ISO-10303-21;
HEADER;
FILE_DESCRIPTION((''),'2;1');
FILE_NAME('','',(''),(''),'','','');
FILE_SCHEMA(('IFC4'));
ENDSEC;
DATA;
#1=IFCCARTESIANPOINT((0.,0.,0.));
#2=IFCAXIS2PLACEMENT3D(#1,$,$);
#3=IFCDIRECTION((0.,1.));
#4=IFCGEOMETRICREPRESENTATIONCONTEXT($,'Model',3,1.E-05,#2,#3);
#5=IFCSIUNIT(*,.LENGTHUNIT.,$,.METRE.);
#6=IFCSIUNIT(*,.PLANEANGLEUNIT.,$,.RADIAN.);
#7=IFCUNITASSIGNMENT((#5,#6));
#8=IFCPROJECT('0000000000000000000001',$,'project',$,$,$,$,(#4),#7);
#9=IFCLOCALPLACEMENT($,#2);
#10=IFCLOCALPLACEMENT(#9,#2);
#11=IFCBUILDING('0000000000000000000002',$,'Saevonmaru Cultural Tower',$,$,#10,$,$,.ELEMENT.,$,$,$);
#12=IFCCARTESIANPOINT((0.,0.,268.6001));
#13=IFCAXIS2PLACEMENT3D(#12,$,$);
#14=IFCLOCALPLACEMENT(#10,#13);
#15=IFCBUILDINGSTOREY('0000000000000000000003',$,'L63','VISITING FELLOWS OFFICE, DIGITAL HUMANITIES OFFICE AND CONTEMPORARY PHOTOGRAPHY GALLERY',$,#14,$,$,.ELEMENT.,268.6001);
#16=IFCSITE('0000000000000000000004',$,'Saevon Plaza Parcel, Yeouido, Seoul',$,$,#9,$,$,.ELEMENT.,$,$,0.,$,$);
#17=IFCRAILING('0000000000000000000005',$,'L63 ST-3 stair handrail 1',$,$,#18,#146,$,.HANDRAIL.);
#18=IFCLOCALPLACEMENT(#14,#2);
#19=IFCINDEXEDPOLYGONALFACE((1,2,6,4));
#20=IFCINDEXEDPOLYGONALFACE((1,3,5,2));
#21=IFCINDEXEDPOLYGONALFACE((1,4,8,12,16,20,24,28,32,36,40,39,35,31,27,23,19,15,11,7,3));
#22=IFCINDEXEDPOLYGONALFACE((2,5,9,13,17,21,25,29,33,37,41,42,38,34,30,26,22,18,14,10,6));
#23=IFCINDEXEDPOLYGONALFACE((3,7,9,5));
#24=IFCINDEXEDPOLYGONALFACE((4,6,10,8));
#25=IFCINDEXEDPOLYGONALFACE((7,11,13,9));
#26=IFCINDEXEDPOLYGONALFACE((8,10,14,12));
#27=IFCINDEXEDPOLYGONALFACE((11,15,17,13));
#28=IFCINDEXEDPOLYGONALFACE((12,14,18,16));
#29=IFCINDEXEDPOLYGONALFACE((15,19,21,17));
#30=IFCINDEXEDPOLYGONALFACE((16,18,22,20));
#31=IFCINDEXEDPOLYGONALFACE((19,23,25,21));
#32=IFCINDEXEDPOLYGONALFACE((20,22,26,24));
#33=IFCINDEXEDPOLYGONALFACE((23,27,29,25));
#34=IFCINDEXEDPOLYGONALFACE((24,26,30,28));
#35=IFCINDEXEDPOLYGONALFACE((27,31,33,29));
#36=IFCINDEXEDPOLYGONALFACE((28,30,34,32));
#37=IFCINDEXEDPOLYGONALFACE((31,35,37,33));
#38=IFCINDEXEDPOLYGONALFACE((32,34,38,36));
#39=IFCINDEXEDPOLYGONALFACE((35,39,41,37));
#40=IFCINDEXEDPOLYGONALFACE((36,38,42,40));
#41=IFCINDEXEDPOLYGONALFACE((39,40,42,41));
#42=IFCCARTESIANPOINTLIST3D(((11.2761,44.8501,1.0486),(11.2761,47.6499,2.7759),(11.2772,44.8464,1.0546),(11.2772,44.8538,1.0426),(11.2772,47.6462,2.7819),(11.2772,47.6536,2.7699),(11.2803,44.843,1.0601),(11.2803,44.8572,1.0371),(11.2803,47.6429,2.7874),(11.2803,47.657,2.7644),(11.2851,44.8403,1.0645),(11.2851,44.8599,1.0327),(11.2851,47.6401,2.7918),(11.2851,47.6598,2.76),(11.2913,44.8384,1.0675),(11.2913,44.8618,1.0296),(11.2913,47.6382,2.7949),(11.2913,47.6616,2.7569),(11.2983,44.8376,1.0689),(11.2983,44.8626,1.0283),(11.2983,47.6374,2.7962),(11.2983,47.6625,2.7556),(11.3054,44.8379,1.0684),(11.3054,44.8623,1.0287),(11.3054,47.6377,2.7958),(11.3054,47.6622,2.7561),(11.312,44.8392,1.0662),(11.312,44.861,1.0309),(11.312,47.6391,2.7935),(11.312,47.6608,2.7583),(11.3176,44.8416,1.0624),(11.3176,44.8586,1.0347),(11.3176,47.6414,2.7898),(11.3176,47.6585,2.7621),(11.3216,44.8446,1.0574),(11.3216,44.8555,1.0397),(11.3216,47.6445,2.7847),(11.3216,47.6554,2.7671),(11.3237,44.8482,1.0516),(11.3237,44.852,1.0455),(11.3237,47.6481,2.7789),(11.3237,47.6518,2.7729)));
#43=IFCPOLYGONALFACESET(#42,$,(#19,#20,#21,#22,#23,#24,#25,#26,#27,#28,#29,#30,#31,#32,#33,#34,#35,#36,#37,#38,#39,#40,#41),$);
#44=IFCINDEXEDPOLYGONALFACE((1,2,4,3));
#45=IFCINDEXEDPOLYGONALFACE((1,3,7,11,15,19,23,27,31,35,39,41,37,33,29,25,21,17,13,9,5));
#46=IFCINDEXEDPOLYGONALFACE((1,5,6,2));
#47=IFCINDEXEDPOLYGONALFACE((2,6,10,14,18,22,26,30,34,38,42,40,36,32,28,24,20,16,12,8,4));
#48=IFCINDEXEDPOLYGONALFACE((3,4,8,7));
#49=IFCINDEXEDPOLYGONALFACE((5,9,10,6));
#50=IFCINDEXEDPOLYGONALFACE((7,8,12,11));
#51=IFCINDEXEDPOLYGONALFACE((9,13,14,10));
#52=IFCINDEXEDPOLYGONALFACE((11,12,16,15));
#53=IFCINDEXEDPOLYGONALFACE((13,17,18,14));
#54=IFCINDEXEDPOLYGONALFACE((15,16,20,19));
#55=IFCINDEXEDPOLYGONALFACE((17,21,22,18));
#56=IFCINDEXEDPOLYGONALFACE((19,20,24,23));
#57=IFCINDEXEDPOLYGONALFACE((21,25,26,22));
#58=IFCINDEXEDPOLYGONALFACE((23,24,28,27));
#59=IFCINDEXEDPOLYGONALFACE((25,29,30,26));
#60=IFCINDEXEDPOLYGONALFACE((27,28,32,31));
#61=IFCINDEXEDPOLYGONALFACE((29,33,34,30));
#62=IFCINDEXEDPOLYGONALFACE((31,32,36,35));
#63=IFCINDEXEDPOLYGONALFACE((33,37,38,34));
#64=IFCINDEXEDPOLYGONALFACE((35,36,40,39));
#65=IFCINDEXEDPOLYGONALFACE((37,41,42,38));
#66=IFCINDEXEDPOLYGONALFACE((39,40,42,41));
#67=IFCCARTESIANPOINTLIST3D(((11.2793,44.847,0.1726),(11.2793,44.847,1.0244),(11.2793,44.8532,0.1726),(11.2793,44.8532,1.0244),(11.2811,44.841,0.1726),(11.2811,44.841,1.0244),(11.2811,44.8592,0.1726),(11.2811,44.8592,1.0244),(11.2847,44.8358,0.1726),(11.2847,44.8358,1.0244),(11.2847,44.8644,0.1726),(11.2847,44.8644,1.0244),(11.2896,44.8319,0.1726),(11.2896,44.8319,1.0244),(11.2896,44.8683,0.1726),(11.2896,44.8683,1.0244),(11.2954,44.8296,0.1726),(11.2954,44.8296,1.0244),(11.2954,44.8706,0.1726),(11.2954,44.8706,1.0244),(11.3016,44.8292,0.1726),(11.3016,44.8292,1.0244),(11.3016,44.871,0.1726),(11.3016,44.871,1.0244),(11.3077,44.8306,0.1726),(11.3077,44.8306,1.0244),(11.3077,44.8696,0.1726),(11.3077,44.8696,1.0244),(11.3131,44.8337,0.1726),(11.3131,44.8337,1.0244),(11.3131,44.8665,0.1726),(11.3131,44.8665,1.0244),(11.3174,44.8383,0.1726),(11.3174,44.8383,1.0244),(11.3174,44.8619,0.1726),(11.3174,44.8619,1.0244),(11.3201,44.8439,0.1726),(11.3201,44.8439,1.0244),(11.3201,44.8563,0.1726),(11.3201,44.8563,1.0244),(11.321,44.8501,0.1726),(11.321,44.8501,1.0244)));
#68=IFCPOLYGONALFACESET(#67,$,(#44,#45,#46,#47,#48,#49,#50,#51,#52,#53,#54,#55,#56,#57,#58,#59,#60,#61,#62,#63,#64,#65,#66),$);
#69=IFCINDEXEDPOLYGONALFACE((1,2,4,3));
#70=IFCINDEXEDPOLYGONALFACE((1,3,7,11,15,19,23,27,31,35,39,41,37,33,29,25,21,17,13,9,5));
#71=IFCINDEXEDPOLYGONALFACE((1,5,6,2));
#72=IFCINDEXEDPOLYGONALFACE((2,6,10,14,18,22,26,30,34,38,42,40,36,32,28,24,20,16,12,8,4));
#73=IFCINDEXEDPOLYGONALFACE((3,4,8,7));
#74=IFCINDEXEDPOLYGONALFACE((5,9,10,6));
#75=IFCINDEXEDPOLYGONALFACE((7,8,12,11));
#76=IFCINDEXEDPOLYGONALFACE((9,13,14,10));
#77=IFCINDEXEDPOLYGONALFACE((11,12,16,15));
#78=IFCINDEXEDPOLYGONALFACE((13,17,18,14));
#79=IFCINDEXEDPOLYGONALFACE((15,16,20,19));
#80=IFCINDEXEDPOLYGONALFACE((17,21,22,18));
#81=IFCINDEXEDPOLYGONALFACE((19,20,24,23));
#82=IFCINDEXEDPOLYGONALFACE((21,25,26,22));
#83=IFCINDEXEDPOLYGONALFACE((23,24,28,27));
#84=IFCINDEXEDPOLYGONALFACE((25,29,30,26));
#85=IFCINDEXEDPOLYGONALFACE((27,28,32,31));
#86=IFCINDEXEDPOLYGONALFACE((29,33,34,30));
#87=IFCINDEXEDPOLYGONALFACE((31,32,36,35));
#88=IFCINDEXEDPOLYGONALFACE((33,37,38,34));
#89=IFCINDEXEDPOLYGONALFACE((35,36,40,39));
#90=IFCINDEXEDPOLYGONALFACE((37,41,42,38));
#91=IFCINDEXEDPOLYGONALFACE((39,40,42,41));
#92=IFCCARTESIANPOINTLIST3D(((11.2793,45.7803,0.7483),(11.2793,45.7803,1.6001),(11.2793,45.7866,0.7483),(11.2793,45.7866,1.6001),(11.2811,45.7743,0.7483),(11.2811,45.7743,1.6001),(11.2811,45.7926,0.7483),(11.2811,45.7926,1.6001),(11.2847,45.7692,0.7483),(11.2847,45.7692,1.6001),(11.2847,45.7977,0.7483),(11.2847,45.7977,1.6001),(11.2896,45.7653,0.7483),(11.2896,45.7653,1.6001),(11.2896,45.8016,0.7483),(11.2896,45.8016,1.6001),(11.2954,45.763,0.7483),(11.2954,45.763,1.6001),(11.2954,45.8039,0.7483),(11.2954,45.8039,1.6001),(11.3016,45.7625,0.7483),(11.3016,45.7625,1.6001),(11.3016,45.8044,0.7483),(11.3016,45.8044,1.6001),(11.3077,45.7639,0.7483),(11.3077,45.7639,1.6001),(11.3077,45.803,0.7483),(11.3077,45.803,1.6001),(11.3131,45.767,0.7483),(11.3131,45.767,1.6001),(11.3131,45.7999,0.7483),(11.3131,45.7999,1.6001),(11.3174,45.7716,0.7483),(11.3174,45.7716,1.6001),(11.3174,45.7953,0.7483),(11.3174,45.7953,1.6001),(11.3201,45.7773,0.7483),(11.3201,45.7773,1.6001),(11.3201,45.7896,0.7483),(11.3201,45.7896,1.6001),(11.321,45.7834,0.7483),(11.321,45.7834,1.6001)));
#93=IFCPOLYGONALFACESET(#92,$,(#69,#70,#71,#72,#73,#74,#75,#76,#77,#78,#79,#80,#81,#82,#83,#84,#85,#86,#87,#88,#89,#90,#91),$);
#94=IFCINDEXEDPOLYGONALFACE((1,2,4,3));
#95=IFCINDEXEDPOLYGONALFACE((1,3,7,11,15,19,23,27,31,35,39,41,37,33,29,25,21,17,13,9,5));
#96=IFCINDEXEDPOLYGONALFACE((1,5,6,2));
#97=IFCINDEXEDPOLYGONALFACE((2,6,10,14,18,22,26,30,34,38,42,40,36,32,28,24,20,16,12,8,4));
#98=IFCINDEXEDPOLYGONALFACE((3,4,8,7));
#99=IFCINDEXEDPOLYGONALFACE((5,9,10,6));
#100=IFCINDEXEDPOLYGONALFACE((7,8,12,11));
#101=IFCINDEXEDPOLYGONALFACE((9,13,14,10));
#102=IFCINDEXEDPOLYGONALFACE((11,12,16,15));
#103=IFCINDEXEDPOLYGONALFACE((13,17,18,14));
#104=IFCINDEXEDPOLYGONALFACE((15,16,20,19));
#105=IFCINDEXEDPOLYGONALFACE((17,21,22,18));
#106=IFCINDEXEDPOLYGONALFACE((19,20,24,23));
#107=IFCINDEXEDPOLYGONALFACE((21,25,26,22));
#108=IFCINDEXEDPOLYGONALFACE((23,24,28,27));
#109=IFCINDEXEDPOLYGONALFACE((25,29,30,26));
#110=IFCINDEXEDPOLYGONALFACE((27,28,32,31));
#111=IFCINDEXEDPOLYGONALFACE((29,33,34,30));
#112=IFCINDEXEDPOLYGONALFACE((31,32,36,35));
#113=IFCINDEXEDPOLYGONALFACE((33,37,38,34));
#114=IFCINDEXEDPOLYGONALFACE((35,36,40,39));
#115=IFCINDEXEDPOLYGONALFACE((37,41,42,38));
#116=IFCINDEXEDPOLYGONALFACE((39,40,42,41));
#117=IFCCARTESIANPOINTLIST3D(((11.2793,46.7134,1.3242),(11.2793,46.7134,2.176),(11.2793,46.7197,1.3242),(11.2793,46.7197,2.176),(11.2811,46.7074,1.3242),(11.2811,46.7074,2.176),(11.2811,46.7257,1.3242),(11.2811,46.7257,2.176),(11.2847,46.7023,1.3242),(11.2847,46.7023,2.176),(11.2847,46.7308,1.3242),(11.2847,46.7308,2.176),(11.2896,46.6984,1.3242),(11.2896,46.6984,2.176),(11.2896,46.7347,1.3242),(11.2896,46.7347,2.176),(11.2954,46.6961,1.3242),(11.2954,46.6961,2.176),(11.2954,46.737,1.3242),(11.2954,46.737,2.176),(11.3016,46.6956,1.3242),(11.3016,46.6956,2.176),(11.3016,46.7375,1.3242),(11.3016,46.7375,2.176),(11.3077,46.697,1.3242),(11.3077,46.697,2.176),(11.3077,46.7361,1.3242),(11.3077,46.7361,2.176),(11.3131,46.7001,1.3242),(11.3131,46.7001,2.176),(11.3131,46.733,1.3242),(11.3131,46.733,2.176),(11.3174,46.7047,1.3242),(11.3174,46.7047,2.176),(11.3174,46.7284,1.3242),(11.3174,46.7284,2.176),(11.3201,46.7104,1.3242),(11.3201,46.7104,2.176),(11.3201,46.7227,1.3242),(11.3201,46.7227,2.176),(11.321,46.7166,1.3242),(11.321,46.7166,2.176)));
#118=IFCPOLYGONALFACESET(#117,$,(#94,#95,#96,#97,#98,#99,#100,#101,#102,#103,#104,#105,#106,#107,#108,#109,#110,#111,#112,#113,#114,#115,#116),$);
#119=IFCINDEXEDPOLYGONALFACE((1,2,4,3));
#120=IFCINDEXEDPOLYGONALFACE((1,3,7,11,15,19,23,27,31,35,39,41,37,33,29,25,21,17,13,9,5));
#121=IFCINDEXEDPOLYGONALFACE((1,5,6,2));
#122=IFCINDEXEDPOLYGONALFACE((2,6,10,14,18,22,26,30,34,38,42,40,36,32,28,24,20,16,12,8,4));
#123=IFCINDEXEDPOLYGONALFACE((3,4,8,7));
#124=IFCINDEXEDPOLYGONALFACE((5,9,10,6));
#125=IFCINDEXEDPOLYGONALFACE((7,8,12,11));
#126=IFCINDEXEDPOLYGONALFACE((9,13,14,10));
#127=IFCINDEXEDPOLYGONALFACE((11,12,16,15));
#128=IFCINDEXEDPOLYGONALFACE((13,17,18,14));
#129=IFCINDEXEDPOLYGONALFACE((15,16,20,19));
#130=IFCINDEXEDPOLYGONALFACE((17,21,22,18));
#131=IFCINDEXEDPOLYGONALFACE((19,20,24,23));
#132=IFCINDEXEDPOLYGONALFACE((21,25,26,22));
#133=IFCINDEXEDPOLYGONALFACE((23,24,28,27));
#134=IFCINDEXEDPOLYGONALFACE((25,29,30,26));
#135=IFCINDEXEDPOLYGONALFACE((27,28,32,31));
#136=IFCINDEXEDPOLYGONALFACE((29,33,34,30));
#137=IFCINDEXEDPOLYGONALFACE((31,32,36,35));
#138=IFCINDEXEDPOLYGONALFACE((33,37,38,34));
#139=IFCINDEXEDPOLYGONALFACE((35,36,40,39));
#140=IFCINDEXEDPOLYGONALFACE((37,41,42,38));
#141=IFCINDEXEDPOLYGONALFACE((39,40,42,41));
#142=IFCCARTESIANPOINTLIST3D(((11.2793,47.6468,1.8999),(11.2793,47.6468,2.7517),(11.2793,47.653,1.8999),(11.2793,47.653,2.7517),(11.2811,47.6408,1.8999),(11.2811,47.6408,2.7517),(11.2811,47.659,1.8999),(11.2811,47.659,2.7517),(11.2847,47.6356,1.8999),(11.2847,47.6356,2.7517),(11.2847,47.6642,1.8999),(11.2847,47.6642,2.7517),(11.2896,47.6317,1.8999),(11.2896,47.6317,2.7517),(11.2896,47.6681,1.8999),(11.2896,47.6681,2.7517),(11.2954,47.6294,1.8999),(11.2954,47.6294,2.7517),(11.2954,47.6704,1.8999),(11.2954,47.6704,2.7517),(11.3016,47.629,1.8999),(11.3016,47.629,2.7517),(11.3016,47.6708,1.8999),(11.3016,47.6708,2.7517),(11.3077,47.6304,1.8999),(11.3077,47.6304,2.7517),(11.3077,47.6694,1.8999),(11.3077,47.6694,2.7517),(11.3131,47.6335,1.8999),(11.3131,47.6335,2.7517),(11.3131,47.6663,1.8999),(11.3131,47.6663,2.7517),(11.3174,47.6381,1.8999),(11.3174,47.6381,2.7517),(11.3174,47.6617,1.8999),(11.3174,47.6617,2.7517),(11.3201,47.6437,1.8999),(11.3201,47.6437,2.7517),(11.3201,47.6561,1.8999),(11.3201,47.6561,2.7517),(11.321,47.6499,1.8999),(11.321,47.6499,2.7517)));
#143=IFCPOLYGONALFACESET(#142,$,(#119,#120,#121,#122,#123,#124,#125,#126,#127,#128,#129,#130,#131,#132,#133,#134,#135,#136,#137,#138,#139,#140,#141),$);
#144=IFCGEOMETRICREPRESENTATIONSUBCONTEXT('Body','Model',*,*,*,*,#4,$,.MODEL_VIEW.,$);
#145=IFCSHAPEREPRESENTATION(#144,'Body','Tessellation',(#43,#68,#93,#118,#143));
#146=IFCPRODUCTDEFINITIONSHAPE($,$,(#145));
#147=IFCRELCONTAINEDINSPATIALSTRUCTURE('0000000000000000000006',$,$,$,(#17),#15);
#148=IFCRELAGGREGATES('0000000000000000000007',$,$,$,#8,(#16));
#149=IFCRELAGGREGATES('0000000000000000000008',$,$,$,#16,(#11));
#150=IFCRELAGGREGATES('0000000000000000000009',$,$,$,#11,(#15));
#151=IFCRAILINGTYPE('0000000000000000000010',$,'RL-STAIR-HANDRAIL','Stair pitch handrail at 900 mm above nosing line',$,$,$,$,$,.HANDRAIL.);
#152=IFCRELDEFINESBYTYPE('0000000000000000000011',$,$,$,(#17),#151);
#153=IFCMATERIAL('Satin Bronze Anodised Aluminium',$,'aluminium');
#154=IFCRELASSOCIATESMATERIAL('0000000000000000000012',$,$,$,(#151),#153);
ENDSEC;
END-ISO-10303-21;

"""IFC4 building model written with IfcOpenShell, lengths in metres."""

from ifc_helpers import new_model, si_unit, direction, frame, origin, origin_2d, place, context, subcontext, project, spatial, circle, extrude, material, type_object, element, save


model = new_model("IFC4")

# Units and contexts
model_context = context("Model", 3, precision=1e-05, world=origin(), true_north=direction((0.0, 1.0)))
body_context = subcontext(model_context, "Body", "Model", "MODEL_VIEW")
ifc_project = project(units=[si_unit("LENGTHUNIT", "METRE"), si_unit("PLANEANGLEUNIT", "RADIAN")], contexts=[model_context])

# Site, building, storey
site_placement = place(None, origin())
site = spatial("IfcSite", under=ifc_project, at=site_placement, Name="Saevon Plaza Parcel, Yeouido, Seoul", CompositionType="ELEMENT", RefElevation=0.0)
building_placement = place(site_placement, origin())
building = spatial("IfcBuilding", under=site, at=building_placement, Name="Saevonmaru Cultural Tower", CompositionType="ELEMENT")
storey_placement = place(building_placement, frame((0.0, 0.0, 268.6001)))
storey = spatial("IfcBuildingStorey", under=building, at=storey_placement, Name="L63", Description="VISITING FELLOWS OFFICE, DIGITAL HUMANITIES OFFICE AND CONTEMPORARY PHOTOGRAPHY GALLERY", CompositionType="ELEMENT", Elevation=268.6001)

# Shared definitions
ifc_material_1 = material(Name="Satin Bronze Anodised Aluminium", Category="aluminium")

# Railing
railing_type_1 = type_object("IfcRailingType", Name="RL-STAIR-HANDRAIL", Description="Stair pitch handrail at 900 mm above nosing line", PredefinedType="HANDRAIL", material=ifc_material_1)
railing_1_placement = place(storey_placement, frame((11.3, 44.8501, 0.1726)))
element("IfcRailing", 1, at=railing_1_placement, inside=storey, type_object=railing_type_1, Name="L63 ST-3 stair handrail 1", PredefinedType="HANDRAIL", context=body_context, shape_type="SweptSolid", body=[
    extrude(circle(Radius=0.0239, at=origin_2d()), frame((0.0, 0.0, 0.876), z_axis=(0.0, 0.851069, 0.525054), x_axis=(-1.0, 0.0, 0.0)), (0.0, 0.0, 1.0), 3.2898),
    extrude(circle(Radius=0.021, at=origin_2d()), origin(), (0.0, 0.0, 1.0), 0.8518),
    extrude(circle(Radius=0.021, at=origin_2d()), frame((0.0, 0.9333, 0.5757)), (0.0, 0.0, 1.0), 0.8518),
    extrude(circle(Radius=0.021, at=origin_2d()), frame((0.0, 1.8665, 1.1516)), (0.0, 0.0, 1.0), 0.8518),
    extrude(circle(Radius=0.021, at=origin_2d()), frame((0.0, 2.7998, 1.7273)), (0.0, 0.0, 1.0), 0.8518),
])

save(model, "model.ifc")
